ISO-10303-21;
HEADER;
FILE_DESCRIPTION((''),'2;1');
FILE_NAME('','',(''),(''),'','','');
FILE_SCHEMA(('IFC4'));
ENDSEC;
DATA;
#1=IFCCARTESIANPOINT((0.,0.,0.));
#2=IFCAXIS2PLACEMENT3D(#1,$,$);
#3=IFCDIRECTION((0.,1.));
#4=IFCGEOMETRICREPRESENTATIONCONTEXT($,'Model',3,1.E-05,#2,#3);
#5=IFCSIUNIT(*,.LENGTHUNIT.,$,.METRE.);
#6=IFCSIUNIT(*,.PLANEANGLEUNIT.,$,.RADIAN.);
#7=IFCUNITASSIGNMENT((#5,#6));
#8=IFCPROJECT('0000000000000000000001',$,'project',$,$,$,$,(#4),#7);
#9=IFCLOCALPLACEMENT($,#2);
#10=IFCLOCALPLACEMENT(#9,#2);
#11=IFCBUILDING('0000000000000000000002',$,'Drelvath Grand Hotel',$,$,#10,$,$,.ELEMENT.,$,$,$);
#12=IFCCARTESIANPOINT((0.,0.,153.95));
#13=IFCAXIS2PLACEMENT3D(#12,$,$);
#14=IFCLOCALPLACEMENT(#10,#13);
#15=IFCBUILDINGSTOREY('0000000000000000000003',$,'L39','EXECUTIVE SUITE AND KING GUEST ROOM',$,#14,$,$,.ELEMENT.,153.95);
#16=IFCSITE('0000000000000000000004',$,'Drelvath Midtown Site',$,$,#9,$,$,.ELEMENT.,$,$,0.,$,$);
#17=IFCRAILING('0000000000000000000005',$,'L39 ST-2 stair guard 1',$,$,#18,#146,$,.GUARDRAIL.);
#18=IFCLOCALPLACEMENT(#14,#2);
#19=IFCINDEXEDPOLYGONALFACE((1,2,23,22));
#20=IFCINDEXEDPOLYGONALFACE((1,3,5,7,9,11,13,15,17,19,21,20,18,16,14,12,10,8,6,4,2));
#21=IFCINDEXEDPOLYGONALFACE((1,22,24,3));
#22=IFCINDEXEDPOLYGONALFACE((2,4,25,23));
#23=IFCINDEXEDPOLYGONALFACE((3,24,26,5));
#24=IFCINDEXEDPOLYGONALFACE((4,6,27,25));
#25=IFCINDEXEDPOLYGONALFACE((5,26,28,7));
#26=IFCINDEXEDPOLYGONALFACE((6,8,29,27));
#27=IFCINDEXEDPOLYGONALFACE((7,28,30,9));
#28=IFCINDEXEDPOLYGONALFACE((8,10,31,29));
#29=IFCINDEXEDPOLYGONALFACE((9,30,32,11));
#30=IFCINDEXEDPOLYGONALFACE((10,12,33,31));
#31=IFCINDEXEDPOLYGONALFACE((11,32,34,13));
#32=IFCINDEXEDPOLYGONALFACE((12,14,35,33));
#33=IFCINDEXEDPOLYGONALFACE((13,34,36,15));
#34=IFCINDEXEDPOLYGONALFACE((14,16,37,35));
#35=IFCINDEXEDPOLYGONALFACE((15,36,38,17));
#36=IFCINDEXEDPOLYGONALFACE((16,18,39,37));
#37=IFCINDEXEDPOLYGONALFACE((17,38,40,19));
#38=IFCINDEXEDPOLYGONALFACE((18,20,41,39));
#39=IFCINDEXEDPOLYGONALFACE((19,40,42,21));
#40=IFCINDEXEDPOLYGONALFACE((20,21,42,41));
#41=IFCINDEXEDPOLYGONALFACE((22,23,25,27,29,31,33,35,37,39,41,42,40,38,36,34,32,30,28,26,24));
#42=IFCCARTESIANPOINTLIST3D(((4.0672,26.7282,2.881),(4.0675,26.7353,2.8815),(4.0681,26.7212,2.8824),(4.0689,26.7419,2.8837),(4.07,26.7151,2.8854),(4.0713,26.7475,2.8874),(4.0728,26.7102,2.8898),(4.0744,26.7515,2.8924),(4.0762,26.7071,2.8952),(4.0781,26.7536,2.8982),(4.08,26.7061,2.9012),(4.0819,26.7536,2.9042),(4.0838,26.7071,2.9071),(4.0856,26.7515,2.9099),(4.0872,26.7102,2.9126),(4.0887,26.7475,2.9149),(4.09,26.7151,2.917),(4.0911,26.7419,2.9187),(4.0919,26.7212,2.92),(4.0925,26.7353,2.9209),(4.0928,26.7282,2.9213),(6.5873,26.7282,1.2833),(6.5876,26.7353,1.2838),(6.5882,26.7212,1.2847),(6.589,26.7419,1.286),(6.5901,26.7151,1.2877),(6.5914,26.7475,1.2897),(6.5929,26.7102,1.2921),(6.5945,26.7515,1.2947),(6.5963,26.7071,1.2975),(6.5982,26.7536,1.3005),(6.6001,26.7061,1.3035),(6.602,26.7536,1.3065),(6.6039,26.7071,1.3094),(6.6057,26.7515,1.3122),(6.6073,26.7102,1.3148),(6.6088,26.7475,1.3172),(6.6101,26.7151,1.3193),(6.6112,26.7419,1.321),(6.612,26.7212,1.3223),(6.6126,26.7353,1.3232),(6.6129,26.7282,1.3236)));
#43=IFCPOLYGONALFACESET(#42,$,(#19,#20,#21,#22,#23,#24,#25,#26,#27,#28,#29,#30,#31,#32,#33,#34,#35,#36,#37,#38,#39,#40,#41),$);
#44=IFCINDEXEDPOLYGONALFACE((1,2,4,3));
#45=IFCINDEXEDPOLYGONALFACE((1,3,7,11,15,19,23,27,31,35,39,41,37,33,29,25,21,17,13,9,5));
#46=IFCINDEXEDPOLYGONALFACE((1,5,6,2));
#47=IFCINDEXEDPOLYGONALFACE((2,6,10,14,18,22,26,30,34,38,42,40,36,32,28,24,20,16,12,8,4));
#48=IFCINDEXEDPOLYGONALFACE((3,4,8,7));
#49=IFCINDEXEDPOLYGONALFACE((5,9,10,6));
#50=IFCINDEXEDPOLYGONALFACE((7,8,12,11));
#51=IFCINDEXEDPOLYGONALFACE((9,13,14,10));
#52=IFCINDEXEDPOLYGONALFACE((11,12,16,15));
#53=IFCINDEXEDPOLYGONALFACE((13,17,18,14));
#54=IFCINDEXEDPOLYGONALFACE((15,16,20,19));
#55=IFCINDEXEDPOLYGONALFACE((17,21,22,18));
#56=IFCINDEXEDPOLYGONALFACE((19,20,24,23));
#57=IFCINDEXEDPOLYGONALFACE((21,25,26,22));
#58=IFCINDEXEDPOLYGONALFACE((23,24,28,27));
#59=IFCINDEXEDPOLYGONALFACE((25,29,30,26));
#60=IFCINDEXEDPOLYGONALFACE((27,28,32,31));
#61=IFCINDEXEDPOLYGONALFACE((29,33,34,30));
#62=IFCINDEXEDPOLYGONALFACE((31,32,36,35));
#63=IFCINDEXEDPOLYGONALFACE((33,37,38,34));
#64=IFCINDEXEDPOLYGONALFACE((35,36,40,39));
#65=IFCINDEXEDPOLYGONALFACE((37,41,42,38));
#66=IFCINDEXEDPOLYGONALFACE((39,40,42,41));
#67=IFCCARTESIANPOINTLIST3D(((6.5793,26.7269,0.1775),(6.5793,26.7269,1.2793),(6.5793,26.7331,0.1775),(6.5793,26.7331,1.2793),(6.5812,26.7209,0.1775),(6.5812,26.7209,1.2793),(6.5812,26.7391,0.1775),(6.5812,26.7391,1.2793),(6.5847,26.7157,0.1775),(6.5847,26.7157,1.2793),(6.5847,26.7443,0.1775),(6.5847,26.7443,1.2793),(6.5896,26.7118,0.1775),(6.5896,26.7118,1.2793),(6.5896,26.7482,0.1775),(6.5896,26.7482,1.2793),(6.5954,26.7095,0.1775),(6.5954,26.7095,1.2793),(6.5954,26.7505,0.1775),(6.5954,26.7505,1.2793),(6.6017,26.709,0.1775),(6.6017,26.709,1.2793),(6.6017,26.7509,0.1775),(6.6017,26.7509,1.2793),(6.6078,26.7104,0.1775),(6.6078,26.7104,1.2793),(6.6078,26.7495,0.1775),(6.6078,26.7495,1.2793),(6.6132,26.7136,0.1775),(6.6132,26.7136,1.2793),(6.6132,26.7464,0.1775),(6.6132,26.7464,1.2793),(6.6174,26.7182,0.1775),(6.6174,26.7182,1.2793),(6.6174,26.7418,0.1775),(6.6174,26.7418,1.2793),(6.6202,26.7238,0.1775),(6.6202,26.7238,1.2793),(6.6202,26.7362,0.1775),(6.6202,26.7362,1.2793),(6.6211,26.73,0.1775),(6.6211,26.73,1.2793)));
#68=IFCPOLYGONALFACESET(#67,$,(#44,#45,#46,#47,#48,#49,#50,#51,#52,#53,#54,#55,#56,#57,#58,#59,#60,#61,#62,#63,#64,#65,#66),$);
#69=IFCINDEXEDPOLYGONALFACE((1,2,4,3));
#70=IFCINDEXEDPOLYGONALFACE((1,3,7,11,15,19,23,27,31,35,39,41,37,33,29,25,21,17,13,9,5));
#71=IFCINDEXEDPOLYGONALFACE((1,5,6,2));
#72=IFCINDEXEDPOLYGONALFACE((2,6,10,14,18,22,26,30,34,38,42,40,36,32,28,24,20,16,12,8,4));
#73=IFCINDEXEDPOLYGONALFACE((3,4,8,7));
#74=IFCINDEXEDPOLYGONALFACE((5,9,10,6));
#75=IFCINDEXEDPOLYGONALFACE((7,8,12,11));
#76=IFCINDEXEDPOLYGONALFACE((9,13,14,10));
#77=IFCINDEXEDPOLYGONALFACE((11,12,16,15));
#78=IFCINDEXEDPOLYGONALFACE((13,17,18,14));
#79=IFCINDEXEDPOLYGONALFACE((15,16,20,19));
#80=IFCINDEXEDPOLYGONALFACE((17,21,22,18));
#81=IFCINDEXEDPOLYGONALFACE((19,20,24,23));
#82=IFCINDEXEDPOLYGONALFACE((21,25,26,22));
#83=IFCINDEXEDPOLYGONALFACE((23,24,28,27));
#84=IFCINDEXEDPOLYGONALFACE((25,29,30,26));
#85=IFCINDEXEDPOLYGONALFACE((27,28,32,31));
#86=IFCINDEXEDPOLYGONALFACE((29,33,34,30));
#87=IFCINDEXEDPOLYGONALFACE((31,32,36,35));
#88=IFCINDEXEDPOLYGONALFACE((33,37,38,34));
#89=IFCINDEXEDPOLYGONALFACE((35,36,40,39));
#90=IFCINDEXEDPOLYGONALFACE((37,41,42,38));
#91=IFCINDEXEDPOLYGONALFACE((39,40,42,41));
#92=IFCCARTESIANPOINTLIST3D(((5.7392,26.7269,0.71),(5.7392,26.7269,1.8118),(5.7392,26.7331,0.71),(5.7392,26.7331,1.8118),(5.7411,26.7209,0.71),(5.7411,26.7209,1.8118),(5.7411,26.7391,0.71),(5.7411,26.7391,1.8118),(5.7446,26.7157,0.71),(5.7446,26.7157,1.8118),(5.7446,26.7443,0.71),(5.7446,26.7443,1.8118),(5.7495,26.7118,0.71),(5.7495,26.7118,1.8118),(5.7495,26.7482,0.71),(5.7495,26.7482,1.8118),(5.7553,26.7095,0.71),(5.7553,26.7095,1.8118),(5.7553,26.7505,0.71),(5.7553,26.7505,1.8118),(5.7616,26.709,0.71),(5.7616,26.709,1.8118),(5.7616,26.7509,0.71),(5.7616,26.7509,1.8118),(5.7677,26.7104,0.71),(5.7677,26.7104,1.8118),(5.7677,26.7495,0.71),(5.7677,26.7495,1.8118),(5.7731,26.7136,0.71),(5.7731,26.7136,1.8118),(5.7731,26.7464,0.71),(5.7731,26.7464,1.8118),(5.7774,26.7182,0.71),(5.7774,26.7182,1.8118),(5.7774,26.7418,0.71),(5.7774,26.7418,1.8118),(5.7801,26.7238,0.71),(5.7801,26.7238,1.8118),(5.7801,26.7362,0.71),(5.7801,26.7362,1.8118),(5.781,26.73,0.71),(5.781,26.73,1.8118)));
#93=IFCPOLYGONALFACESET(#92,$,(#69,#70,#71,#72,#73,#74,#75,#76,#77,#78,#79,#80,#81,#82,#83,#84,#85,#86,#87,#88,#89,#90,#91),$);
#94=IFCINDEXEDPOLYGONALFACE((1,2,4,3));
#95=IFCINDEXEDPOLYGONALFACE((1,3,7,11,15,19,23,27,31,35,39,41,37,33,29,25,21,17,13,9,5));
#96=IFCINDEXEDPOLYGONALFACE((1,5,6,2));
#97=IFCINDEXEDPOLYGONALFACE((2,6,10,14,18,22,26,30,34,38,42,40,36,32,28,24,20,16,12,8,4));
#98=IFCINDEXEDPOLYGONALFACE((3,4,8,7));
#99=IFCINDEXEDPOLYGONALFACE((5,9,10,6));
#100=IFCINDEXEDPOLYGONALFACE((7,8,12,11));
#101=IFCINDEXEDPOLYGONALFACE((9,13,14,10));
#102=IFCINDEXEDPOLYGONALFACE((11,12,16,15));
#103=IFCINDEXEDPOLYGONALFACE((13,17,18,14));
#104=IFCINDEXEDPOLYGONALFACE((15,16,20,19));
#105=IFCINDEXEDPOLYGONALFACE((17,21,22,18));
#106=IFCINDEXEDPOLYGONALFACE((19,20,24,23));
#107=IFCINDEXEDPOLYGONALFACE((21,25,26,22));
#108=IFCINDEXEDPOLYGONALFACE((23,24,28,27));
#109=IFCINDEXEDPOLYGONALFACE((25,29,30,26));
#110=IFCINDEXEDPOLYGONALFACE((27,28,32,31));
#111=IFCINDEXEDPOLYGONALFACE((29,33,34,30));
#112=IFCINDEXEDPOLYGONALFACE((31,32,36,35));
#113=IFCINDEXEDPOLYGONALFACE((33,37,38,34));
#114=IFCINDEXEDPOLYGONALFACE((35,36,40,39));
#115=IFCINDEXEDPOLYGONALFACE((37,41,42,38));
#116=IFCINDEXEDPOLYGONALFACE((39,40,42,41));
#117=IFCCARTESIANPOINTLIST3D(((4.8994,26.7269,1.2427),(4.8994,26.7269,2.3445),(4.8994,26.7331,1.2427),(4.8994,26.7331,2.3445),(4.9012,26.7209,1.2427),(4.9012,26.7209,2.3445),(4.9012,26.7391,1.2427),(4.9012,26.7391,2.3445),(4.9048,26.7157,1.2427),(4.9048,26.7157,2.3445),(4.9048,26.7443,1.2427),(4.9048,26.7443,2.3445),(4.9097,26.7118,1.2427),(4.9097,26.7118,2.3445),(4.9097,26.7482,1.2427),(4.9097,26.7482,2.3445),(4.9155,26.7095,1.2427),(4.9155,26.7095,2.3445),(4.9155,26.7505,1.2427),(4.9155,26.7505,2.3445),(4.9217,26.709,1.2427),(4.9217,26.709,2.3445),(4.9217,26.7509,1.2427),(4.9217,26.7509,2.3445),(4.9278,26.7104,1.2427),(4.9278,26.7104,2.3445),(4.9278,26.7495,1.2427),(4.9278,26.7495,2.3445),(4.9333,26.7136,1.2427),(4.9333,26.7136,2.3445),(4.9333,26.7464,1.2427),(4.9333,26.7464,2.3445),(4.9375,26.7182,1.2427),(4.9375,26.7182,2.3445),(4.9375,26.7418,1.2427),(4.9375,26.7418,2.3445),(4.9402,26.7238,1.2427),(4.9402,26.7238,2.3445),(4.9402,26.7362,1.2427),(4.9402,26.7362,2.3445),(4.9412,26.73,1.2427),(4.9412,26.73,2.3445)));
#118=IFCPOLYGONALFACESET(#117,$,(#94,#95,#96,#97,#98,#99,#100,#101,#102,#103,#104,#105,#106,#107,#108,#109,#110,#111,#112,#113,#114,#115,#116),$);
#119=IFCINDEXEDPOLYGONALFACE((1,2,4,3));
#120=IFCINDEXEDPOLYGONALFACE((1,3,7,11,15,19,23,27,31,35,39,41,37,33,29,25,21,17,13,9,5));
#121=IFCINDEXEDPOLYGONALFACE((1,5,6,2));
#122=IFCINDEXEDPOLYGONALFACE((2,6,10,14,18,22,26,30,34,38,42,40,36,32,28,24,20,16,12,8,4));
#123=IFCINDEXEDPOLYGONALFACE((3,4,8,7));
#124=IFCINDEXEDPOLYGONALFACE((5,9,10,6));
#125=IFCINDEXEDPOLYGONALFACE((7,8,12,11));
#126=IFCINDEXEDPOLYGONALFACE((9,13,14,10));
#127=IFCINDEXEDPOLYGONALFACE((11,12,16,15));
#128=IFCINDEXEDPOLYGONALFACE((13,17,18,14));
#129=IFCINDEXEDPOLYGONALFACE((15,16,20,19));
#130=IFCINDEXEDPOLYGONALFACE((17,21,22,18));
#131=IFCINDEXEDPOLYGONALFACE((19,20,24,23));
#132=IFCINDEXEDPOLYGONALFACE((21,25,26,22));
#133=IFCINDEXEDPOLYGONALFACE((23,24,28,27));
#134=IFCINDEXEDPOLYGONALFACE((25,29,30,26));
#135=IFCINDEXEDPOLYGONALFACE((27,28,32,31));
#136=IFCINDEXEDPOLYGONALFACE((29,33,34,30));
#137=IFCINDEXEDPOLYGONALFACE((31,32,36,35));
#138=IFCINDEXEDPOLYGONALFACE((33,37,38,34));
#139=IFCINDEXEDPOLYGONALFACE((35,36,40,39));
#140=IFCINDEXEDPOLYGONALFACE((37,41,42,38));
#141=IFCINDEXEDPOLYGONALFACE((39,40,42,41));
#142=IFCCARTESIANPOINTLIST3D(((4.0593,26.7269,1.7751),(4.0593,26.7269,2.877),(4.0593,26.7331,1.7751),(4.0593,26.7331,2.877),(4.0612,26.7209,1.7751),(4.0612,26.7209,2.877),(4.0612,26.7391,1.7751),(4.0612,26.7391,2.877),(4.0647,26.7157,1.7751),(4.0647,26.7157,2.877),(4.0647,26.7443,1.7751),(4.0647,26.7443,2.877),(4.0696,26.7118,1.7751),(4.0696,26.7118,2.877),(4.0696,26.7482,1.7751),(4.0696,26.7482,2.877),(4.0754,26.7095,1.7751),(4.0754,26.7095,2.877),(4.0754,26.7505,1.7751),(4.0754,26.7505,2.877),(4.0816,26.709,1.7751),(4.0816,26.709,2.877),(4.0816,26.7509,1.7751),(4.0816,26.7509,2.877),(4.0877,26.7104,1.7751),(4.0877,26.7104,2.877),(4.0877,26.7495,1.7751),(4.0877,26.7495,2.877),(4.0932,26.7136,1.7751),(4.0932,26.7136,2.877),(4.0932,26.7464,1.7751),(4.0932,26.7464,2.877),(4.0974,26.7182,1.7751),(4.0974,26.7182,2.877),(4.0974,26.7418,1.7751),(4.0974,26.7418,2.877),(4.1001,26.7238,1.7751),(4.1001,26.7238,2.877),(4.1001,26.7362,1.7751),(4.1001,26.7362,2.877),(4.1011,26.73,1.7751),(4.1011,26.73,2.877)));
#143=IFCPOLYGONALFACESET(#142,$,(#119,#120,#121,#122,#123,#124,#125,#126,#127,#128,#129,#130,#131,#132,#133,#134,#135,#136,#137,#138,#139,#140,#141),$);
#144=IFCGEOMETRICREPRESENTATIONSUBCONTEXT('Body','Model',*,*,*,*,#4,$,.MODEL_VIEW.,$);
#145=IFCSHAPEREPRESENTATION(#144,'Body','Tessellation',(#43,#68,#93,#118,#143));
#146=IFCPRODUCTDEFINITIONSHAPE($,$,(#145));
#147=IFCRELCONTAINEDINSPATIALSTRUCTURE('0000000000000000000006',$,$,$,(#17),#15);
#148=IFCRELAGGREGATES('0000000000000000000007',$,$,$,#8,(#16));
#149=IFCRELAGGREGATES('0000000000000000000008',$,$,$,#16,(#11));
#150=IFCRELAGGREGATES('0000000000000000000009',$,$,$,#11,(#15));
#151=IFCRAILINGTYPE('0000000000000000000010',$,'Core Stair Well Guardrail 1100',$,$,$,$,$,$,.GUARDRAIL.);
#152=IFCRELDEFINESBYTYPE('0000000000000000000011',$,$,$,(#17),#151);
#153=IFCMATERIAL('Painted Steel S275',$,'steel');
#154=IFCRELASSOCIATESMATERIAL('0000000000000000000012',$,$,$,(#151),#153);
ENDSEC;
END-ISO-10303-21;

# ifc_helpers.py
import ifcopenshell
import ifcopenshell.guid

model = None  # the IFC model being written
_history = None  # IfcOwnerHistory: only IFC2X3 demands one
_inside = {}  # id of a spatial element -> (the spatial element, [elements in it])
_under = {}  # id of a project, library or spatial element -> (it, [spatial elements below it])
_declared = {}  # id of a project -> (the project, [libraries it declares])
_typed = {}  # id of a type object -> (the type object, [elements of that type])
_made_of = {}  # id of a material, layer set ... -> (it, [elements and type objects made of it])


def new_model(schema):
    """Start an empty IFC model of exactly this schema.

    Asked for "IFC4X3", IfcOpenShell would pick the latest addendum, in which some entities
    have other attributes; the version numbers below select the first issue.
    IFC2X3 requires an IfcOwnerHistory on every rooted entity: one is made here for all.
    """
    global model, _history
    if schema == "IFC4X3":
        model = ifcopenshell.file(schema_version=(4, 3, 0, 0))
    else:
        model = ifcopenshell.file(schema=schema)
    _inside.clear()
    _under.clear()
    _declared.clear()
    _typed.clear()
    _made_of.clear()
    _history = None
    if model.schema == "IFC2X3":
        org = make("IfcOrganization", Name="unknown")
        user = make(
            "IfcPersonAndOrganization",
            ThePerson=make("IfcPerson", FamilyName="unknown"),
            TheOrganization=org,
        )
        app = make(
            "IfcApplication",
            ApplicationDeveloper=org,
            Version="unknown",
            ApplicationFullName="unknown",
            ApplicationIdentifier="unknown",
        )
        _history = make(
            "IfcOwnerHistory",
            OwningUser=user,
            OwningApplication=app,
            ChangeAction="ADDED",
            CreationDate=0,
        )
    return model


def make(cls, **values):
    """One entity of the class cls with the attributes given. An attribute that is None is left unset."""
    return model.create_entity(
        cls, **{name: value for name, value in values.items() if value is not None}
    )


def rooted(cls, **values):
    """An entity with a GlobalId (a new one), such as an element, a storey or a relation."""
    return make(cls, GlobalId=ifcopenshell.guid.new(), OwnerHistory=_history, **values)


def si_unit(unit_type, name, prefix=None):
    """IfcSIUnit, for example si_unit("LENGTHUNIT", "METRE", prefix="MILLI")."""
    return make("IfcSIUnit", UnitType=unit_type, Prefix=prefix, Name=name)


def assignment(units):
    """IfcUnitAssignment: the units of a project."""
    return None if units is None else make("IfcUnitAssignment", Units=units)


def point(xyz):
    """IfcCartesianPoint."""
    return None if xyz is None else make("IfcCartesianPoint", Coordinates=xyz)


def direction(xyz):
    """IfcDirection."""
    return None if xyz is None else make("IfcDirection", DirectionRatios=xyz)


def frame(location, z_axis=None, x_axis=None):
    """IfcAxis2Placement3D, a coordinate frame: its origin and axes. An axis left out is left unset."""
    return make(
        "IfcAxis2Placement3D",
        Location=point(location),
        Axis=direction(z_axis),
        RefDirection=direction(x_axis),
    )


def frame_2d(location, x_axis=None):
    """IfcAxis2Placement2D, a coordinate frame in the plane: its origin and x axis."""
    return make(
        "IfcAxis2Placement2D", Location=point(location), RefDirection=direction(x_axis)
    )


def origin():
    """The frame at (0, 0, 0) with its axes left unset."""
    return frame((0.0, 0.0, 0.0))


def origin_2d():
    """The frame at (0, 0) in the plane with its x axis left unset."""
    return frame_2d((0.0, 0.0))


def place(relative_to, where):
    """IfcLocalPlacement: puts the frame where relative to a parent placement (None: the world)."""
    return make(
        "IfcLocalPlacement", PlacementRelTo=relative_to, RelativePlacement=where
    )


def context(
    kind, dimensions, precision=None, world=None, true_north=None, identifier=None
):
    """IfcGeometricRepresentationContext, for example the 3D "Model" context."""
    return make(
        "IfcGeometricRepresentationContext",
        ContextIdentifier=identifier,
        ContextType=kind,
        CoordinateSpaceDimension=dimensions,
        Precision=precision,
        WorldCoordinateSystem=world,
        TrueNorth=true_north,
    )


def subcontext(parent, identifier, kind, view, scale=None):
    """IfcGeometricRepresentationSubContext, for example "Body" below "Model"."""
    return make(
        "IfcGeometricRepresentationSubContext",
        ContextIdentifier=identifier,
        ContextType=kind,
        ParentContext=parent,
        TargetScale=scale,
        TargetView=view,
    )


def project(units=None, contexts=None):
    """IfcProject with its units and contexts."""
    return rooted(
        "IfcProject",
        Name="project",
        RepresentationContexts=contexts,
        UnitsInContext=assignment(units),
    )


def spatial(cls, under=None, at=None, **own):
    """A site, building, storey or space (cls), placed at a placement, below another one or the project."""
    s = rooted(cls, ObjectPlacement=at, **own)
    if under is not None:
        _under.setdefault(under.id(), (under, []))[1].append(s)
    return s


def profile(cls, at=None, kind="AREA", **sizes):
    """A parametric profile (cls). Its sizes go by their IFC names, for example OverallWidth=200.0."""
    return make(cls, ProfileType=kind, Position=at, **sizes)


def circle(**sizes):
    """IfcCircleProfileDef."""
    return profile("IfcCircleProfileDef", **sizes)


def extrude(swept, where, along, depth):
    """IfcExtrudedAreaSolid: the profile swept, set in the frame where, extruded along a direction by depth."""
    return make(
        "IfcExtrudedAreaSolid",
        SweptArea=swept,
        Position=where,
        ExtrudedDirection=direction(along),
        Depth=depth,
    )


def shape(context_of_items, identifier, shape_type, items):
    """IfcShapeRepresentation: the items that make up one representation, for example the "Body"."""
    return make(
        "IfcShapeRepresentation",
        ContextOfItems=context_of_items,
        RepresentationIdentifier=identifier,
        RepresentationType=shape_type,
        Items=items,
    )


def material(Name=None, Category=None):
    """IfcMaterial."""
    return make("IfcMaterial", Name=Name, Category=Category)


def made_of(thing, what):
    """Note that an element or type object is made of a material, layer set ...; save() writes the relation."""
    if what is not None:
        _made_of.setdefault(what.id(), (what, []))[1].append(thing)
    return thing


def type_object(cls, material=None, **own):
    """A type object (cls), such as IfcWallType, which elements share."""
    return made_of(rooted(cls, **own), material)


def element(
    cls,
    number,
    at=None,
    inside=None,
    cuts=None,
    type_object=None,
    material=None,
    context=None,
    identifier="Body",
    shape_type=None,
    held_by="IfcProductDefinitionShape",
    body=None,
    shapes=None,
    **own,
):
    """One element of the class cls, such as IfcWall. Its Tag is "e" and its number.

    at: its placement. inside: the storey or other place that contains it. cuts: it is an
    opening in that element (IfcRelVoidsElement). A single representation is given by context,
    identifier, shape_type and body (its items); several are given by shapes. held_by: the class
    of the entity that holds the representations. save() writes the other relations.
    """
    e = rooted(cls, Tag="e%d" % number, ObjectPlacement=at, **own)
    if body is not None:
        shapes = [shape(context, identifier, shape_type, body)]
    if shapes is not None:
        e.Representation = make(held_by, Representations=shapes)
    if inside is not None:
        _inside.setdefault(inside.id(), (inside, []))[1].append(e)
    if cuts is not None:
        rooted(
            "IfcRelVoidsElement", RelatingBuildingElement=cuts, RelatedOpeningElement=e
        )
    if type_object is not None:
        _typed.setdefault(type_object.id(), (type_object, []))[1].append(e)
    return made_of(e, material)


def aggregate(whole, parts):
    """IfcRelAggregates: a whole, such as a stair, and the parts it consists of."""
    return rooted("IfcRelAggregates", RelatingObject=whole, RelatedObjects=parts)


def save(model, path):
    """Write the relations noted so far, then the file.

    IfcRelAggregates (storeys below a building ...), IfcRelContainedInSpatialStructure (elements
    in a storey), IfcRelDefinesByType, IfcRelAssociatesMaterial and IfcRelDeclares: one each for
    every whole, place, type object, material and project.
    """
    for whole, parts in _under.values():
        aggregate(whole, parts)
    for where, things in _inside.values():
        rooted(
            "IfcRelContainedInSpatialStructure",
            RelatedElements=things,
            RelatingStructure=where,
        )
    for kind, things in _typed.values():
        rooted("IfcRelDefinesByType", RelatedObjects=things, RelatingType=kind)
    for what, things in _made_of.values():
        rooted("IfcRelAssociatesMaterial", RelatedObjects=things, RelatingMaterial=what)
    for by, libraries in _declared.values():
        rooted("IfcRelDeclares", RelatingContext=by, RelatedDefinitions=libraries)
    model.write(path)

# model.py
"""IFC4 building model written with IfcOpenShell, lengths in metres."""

from ifc_helpers import new_model, si_unit, direction, frame, origin, origin_2d, place, context, subcontext, project, spatial, circle, extrude, material, type_object, element, save


model = new_model("IFC4")

# Units and contexts
model_context = context("Model", 3, precision=1e-05, world=origin(), true_north=direction((0.0, 1.0)))
body_context = subcontext(model_context, "Body", "Model", "MODEL_VIEW")
ifc_project = project(units=[si_unit("LENGTHUNIT", "METRE"), si_unit("PLANEANGLEUNIT", "RADIAN")], contexts=[model_context])

# Site, building, storey
site_placement = place(None, origin())
site = spatial("IfcSite", under=ifc_project, at=site_placement, Name="Drelvath Midtown Site", CompositionType="ELEMENT", RefElevation=0.0)
building_placement = place(site_placement, origin())
building = spatial("IfcBuilding", under=site, at=building_placement, Name="Drelvath Grand Hotel", CompositionType="ELEMENT")
storey_placement = place(building_placement, frame((0.0, 0.0, 153.95)))
storey = spatial("IfcBuildingStorey", under=building, at=storey_placement, Name="L39", Description="EXECUTIVE SUITE AND KING GUEST ROOM", CompositionType="ELEMENT", Elevation=153.95)

# Railing
ifc_material_1 = material(Name="Painted Steel S275", Category="steel")
railing_type_1 = type_object("IfcRailingType", Name="Core Stair Well Guardrail 1100", PredefinedType="GUARDRAIL", material=ifc_material_1)
railing_1_placement = place(storey_placement, frame((6.6001, 26.73, 0.1775)))
element("IfcRailing", 1, at=railing_1_placement, inside=storey, type_object=railing_type_1, Name="L39 ST-2 stair guard 1", PredefinedType="GUARDRAIL", context=body_context, shape_type="SweptSolid", body=[
    extrude(circle(Radius=0.0239, at=origin_2d()), frame((0.0, 0.0, 1.126), z_axis=(-0.84457, 0.0, 0.535445), x_axis=(0.0, -1.0, 0.0)), (0.0, 0.0, 1.0), 2.9839),
    extrude(circle(Radius=0.021, at=origin_2d()), origin(), (0.0, 0.0, 1.0), 1.1018),
    extrude(circle(Radius=0.021, at=origin_2d()), frame((-0.8401, 0.0, 0.5325)), (0.0, 0.0, 1.0), 1.1018),
    extrude(circle(Radius=0.021, at=origin_2d()), frame((-1.6799, 0.0, 1.0652)), (0.0, 0.0, 1.0), 1.1018),
    extrude(circle(Radius=0.021, at=origin_2d()), frame((-2.52, 0.0, 1.5977)), (0.0, 0.0, 1.0), 1.1018),
])

save(model, "model.ifc")
